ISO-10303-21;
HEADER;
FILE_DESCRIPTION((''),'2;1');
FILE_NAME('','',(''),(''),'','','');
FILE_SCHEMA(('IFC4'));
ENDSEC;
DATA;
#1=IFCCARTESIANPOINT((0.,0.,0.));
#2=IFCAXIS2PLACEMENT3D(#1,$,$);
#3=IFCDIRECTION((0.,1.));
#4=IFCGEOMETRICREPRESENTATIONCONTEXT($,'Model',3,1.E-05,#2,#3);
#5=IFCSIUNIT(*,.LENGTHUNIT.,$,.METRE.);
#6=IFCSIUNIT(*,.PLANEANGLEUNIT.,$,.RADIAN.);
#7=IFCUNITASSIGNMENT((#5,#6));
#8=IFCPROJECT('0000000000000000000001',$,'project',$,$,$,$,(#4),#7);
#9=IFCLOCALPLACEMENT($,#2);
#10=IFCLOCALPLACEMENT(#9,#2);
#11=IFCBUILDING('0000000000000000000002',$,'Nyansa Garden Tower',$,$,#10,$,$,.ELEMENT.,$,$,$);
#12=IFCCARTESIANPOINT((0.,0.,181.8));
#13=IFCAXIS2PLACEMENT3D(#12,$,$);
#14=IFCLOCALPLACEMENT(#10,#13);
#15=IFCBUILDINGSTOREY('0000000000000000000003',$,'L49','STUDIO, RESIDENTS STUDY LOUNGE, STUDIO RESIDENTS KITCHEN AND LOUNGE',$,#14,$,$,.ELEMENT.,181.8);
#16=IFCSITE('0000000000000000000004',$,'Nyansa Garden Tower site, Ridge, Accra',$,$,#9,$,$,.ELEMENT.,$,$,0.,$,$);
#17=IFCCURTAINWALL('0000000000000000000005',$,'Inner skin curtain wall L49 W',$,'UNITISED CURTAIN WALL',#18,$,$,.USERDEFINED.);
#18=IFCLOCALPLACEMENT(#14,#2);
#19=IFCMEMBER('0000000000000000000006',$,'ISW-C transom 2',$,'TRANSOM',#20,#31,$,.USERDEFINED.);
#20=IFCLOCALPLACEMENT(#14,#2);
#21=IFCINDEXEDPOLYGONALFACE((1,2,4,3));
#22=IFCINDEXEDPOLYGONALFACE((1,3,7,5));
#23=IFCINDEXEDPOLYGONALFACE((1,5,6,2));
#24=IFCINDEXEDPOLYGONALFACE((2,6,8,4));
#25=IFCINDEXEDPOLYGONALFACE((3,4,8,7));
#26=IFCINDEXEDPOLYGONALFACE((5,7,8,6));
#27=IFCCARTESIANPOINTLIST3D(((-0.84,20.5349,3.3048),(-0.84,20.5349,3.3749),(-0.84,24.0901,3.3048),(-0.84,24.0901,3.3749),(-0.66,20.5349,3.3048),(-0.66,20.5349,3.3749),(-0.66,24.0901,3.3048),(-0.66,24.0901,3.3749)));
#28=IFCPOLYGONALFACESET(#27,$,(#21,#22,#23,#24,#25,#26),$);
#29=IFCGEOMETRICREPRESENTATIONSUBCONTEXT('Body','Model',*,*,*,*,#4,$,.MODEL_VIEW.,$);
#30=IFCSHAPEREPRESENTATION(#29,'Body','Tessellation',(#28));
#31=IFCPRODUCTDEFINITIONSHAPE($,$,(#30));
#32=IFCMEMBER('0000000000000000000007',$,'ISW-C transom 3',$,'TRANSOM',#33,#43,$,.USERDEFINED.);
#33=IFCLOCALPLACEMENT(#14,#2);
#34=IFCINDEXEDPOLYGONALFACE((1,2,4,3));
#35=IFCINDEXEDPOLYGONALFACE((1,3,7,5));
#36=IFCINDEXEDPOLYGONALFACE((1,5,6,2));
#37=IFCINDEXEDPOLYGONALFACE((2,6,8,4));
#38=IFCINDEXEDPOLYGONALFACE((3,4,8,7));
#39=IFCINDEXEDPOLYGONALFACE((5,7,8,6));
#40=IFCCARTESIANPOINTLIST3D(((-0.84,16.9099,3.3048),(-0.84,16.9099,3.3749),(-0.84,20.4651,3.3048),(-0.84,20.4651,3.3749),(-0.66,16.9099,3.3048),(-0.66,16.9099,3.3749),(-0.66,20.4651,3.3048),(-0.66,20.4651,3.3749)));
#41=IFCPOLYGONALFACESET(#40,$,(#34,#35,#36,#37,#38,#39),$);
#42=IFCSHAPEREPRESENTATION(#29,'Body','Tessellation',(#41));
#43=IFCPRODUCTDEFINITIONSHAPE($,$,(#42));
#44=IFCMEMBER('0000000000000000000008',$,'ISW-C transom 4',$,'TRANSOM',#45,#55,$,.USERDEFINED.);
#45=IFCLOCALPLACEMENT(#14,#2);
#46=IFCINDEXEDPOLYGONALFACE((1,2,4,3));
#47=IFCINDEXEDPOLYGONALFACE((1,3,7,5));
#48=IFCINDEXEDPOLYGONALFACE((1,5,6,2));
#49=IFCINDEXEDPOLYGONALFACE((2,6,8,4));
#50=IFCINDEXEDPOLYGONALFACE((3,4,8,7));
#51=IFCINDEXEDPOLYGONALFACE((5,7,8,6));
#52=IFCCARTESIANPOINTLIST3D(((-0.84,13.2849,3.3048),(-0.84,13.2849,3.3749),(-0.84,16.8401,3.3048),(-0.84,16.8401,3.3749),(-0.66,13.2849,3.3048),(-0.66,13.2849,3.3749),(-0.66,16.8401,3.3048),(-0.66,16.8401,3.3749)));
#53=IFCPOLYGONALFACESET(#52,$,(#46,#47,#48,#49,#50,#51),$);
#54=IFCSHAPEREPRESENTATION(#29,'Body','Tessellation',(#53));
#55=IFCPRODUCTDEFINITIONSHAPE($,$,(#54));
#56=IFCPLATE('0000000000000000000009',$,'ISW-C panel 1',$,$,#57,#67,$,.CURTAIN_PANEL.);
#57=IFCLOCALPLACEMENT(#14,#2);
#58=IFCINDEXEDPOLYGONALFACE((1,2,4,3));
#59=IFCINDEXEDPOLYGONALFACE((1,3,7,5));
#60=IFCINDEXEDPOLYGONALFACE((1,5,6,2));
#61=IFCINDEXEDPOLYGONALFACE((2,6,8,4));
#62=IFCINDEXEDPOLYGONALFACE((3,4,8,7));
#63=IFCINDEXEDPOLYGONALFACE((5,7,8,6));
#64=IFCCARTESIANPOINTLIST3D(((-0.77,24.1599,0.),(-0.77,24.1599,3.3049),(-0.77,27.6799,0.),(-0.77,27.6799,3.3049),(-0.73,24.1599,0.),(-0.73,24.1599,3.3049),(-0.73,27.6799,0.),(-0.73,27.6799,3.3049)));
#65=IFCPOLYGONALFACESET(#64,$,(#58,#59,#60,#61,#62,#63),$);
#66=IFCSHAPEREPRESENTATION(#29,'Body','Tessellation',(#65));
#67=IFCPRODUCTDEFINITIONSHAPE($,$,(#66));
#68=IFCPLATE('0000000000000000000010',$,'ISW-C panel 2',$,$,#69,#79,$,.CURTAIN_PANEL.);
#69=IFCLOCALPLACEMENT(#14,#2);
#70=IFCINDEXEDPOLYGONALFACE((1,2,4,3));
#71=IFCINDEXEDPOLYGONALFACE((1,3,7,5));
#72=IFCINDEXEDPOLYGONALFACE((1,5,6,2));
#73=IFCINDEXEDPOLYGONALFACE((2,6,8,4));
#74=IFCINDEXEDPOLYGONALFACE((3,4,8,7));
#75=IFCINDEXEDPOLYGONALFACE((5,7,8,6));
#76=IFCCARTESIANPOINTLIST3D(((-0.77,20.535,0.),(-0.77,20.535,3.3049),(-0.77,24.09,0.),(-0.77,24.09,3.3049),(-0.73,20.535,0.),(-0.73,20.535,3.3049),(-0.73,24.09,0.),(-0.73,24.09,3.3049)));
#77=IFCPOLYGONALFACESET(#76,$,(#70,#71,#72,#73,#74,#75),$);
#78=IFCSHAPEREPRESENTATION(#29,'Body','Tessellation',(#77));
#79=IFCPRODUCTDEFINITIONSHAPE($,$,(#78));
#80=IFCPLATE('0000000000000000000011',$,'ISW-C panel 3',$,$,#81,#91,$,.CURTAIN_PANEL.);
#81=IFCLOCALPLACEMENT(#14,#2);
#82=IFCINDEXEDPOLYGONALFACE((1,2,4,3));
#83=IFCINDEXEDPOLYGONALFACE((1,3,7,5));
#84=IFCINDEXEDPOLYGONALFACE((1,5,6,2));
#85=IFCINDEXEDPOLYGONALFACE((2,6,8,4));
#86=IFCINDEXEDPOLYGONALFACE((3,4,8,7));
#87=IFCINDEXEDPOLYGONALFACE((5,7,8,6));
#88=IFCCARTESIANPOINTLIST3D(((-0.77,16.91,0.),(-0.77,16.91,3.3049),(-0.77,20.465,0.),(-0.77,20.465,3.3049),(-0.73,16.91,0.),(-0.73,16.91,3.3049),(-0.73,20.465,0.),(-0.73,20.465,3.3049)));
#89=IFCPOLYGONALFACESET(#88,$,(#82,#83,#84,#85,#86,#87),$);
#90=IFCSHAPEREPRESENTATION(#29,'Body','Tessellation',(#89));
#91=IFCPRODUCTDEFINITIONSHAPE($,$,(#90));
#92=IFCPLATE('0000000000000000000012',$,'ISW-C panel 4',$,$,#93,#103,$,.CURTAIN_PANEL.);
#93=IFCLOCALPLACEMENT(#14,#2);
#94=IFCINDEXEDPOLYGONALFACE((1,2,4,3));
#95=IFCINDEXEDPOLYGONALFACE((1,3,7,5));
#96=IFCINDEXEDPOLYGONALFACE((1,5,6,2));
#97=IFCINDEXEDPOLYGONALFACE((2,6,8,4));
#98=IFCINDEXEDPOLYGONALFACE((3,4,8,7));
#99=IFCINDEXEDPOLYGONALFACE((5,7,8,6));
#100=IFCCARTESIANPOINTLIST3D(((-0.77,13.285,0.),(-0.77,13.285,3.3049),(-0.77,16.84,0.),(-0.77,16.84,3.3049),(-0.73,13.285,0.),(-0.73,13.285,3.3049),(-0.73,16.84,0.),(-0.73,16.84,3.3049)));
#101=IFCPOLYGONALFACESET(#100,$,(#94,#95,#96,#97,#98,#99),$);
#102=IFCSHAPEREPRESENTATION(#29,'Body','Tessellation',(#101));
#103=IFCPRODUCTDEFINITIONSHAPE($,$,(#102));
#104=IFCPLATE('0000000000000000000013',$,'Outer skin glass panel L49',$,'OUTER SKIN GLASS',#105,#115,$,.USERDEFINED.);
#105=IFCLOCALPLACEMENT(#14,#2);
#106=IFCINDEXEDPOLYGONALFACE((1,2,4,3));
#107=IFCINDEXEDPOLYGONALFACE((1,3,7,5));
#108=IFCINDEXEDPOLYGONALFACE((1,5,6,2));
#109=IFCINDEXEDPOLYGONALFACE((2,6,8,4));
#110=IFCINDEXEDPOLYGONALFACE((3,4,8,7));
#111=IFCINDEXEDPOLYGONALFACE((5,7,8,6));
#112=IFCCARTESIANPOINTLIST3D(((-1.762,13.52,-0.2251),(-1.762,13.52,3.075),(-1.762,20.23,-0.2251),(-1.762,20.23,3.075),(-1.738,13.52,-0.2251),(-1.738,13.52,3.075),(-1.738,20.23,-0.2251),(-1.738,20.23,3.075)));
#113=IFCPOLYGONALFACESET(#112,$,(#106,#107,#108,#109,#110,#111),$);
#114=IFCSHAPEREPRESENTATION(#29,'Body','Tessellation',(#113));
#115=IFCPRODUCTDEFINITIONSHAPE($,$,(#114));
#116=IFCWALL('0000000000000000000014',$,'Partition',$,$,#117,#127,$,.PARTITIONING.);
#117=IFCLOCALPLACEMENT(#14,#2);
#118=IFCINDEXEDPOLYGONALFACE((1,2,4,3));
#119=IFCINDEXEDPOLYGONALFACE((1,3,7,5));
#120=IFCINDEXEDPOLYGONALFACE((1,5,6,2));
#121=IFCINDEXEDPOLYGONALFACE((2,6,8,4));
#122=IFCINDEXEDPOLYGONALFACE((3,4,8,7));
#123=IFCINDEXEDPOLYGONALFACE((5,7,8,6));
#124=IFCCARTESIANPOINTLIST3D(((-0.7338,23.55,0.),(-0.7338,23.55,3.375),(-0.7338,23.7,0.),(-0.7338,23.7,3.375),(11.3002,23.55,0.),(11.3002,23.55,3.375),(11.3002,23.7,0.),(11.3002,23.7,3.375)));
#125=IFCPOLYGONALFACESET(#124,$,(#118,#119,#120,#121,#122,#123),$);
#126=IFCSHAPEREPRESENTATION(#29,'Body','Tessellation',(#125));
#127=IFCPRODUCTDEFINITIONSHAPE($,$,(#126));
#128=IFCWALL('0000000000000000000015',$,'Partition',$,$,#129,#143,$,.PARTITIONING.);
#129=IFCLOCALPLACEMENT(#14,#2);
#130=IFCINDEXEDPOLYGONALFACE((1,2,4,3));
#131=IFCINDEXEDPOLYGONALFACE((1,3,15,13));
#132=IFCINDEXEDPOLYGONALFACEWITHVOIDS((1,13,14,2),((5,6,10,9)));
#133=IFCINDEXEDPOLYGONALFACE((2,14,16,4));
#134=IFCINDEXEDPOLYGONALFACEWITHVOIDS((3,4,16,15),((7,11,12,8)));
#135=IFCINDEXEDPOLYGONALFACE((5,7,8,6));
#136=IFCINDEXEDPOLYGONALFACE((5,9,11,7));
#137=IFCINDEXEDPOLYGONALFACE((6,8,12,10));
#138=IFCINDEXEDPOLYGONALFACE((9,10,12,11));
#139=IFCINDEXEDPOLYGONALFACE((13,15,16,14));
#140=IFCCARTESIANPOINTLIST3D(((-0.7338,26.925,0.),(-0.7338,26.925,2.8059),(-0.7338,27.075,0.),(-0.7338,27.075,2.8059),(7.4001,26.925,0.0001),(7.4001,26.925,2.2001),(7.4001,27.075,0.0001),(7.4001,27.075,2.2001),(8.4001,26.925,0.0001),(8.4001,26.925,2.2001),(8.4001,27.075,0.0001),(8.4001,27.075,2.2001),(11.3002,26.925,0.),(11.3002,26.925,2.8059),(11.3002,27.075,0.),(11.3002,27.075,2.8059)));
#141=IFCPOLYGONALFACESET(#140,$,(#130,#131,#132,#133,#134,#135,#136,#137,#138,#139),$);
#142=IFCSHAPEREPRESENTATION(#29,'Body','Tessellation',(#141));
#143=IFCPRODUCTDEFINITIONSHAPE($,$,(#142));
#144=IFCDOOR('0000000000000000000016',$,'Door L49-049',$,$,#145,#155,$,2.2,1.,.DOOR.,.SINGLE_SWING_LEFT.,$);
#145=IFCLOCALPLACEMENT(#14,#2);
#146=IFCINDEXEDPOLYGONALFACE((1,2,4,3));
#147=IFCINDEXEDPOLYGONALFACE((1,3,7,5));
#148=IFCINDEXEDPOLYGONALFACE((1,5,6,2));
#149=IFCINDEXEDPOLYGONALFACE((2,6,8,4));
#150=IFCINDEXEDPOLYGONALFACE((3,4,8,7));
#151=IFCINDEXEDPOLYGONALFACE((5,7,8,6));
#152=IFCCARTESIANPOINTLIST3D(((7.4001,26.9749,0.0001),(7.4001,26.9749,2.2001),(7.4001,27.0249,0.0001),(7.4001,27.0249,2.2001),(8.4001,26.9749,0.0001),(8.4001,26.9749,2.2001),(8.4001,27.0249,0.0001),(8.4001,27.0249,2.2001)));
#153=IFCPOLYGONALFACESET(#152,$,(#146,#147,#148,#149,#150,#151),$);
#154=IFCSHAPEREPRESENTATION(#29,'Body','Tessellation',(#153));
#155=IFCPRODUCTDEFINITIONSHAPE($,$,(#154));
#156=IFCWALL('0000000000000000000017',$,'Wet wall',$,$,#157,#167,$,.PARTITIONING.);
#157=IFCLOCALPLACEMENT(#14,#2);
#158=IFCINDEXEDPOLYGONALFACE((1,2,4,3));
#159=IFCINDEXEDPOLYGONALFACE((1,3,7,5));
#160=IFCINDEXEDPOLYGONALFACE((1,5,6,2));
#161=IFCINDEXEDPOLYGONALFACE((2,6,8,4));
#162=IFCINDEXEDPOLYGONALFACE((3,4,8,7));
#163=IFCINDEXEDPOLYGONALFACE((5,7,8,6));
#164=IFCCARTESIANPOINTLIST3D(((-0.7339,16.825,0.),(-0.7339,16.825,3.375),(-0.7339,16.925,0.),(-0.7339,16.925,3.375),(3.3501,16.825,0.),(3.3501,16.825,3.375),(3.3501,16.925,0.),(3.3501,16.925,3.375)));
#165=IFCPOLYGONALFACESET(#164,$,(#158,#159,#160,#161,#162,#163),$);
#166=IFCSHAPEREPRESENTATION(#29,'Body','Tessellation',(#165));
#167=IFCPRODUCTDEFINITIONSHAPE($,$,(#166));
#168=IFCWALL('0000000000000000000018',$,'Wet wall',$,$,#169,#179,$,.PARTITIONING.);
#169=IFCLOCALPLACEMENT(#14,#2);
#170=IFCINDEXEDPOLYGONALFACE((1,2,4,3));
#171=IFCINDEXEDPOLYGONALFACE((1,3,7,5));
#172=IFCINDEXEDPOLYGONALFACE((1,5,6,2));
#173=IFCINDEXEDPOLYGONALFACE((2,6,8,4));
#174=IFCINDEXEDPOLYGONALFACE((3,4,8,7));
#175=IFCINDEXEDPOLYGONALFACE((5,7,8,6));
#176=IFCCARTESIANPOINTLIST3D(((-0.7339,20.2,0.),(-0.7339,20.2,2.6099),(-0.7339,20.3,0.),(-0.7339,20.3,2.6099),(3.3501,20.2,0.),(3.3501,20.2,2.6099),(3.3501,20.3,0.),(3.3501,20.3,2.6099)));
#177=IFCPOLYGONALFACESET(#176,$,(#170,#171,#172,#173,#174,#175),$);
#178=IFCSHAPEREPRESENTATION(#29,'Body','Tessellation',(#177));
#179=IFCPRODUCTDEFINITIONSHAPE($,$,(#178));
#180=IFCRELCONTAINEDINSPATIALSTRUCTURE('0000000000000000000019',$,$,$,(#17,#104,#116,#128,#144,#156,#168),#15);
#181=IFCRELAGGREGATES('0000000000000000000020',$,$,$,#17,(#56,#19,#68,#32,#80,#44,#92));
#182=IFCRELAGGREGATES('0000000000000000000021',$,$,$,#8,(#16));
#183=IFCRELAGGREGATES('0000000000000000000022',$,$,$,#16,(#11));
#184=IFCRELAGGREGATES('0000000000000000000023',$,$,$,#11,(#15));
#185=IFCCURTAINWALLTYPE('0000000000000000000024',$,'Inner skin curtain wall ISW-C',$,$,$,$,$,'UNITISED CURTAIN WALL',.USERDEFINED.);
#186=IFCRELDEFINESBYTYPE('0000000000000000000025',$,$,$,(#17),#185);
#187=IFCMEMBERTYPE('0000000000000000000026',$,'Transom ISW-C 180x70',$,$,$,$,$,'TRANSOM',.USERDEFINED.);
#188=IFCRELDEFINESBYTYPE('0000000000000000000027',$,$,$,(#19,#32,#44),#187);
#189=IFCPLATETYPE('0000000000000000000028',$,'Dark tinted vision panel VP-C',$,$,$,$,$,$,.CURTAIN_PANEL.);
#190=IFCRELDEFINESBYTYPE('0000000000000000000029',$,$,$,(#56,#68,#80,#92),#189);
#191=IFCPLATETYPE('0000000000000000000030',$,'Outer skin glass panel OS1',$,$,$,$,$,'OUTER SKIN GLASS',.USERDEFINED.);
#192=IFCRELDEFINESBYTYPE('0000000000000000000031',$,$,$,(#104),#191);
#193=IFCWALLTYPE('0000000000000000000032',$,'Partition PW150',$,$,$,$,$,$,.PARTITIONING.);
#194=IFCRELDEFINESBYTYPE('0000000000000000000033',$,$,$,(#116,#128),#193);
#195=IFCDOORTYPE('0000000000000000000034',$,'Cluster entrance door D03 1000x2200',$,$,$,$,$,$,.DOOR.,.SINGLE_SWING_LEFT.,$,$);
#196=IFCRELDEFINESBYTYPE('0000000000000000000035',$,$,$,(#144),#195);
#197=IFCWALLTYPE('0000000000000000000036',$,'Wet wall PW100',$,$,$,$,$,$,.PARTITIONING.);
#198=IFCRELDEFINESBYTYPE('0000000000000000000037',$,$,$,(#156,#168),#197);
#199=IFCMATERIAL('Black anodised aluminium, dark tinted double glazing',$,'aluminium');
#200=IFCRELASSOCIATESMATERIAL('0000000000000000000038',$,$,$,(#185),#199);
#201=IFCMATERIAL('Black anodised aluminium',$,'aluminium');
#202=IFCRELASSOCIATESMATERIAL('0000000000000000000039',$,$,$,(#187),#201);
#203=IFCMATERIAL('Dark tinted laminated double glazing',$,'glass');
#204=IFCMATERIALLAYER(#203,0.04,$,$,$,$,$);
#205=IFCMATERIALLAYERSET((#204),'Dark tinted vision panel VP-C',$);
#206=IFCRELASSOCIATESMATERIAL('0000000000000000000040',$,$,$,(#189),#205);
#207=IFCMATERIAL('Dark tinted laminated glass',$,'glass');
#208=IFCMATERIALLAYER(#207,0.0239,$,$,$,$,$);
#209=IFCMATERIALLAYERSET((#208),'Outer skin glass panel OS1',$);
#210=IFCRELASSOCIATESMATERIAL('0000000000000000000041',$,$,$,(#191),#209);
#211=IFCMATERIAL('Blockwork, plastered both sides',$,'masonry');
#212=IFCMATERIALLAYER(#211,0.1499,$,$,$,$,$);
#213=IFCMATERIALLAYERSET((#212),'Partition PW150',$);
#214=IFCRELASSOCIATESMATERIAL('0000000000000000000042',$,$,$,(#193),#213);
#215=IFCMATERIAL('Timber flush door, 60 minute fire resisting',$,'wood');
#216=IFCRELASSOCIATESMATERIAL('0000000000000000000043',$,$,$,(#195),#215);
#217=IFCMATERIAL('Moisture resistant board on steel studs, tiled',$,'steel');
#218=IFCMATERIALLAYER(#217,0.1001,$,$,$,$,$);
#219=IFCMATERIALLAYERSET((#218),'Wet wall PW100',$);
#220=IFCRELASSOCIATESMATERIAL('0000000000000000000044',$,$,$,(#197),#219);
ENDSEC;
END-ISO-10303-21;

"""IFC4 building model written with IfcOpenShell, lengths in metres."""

from ifc_helpers import new_model, si_unit, direction, frame, frame_2d, origin, origin_2d, place, context, subcontext, project, spatial, rectangle, extrude, material, layer, layer_set, material_profile, profile_set, type_object, element, fill, aggregate, save


model = new_model("IFC4")

# Units and contexts
model_context = context("Model", 3, precision=1e-05, world=origin(), true_north=direction((0.0, 1.0)))
body_context = subcontext(model_context, "Body", "Model", "MODEL_VIEW")
ifc_project = project(units=[si_unit("LENGTHUNIT", "METRE"), si_unit("PLANEANGLEUNIT", "RADIAN")], contexts=[model_context])

# Site, building, storey
site_placement = place(None, origin())
site = spatial("IfcSite", under=ifc_project, at=site_placement, Name="Nyansa Garden Tower site, Ridge, Accra", CompositionType="ELEMENT", RefElevation=0.0)
building_placement = place(site_placement, origin())
building = spatial("IfcBuilding", under=site, at=building_placement, Name="Nyansa Garden Tower", CompositionType="ELEMENT")
storey_placement = place(building_placement, frame((0.0, 0.0, 181.8)))
storey = spatial("IfcBuildingStorey", under=building, at=storey_placement, Name="L49", Description="STUDIO, RESIDENTS STUDY LOUNGE, STUDIO RESIDENTS KITCHEN AND LOUNGE", CompositionType="ELEMENT", Elevation=181.8)

# Curtain wall
ifc_material_1 = material(Name="Black anodised aluminium, dark tinted double glazing", Category="aluminium")
curtain_wall_type = type_object("IfcCurtainWallType", Name="Inner skin curtain wall ISW-C", ElementType="UNITISED CURTAIN WALL", PredefinedType="USERDEFINED", material=ifc_material_1)
curtain_wall_placement = place(storey_placement, origin())
curtain_wall = element("IfcCurtainWall", 1, at=curtain_wall_placement, inside=storey, type_object=curtain_wall_type, Name="Inner skin curtain wall L49 W", ObjectType="UNITISED CURTAIN WALL", PredefinedType="USERDEFINED")

# Members
ifc_material_2 = material(Name="Black anodised aluminium", Category="aluminium")
ifc_material_profile_1 = material_profile(ifc_material_2, rectangle(XDim=0.1799, YDim=0.0701, at=origin_2d()), Name="Transom 180x70")
ifc_profile_set_1 = profile_set([ifc_material_profile_1], Name="Black anodised aluminium")
member_type_1 = type_object("IfcMemberType", Name="Transom ISW-C 180x70", ElementType="TRANSOM", PredefinedType="USERDEFINED", material=ifc_profile_set_1)
member_1_placement = place(storey_placement, frame((-0.75, 24.0901, 3.3398), z_axis=(0.0, -1.0, 0.0), x_axis=(1.0, 0.0, 0.0)))
member_1 = element("IfcMember", 2, at=member_1_placement, type_object=member_type_1, Name="ISW-C transom 2", ObjectType="TRANSOM", PredefinedType="USERDEFINED", context=body_context, shape_type="SweptSolid", body=[
    extrude(rectangle(XDim=0.1799, YDim=0.0701, at=origin_2d()), origin(), (0.0, 0.0, 1.0), 3.5552),
])
member_2_placement = place(storey_placement, frame((-0.75, 20.4651, 3.3398), z_axis=(0.0, -1.0, 0.0), x_axis=(1.0, 0.0, 0.0)))
member_2 = element("IfcMember", 3, at=member_2_placement, type_object=member_type_1, Name="ISW-C transom 3", ObjectType="TRANSOM", PredefinedType="USERDEFINED", context=body_context, shape_type="SweptSolid", body=[
    extrude(rectangle(XDim=0.1799, YDim=0.0701, at=origin_2d()), origin(), (0.0, 0.0, 1.0), 3.5552),
])
member_3_placement = place(storey_placement, frame((-0.75, 16.8401, 3.3398), z_axis=(0.0, -1.0, 0.0), x_axis=(1.0, 0.0, 0.0)))
member_3 = element("IfcMember", 4, at=member_3_placement, type_object=member_type_1, Name="ISW-C transom 4", ObjectType="TRANSOM", PredefinedType="USERDEFINED", context=body_context, shape_type="SweptSolid", body=[
    extrude(rectangle(XDim=0.1799, YDim=0.0701, at=origin_2d()), origin(), (0.0, 0.0, 1.0), 3.5552),
])

# Plates
ifc_material_3 = material(Name="Dark tinted laminated double glazing", Category="glass")
ifc_layer_1 = layer(ifc_material_3, 0.04)
ifc_layer_set_1 = layer_set([ifc_layer_1], Name="Dark tinted vision panel VP-C")
plate_type_1 = type_object("IfcPlateType", Name="Dark tinted vision panel VP-C", PredefinedType="CURTAIN_PANEL", material=ifc_layer_set_1)
plate_1_placement = place(storey_placement, frame((-0.75, 25.9199, 0.0), z_axis=(0.0, 0.0, 1.0), x_axis=(0.0, -1.0, 0.0)))
plate_1 = element("IfcPlate", 5, at=plate_1_placement, type_object=plate_type_1, Name="ISW-C panel 1", PredefinedType="CURTAIN_PANEL", context=body_context, shape_type="SweptSolid", body=[
    extrude(rectangle(XDim=3.52, YDim=0.04, at=origin_2d()), origin(), (0.0, 0.0, 1.0), 3.3049),
])
plate_2_placement = place(storey_placement, frame((-0.75, 22.3125, 0.0), z_axis=(0.0, 0.0, 1.0), x_axis=(0.0, -1.0, 0.0)))
plate_2 = element("IfcPlate", 6, at=plate_2_placement, type_object=plate_type_1, Name="ISW-C panel 2", PredefinedType="CURTAIN_PANEL", context=body_context, shape_type="SweptSolid", body=[
    extrude(rectangle(XDim=3.5549, YDim=0.04, at=origin_2d()), origin(), (0.0, 0.0, 1.0), 3.3049),
])
plate_3_placement = place(storey_placement, frame((-0.75, 18.6875, 0.0), z_axis=(0.0, 0.0, 1.0), x_axis=(0.0, -1.0, 0.0)))
plate_3 = element("IfcPlate", 7, at=plate_3_placement, type_object=plate_type_1, Name="ISW-C panel 3", PredefinedType="CURTAIN_PANEL", context=body_context, shape_type="SweptSolid", body=[
    extrude(rectangle(XDim=3.5549, YDim=0.04, at=origin_2d()), origin(), (0.0, 0.0, 1.0), 3.3049),
])
plate_4_placement = place(storey_placement, frame((-0.75, 15.0625, 0.0), z_axis=(0.0, 0.0, 1.0), x_axis=(0.0, -1.0, 0.0)))
plate_4 = element("IfcPlate", 8, at=plate_4_placement, type_object=plate_type_1, Name="ISW-C panel 4", PredefinedType="CURTAIN_PANEL", context=body_context, shape_type="SweptSolid", body=[
    extrude(rectangle(XDim=3.5549, YDim=0.04, at=origin_2d()), origin(), (0.0, 0.0, 1.0), 3.3049),
])
aggregate(curtain_wall, [plate_1, member_1, plate_2, member_2, plate_3, member_3, plate_4])
ifc_material_4 = material(Name="Dark tinted laminated glass", Category="glass")
ifc_layer_2 = layer(ifc_material_4, 0.0239)
ifc_layer_set_2 = layer_set([ifc_layer_2], Name="Outer skin glass panel OS1")
plate_type_2 = type_object("IfcPlateType", Name="Outer skin glass panel OS1", ElementType="OUTER SKIN GLASS", PredefinedType="USERDEFINED", material=ifc_layer_set_2)
plate_5_placement = place(storey_placement, frame((-1.75, 16.875, -0.2251), z_axis=(0.0, 0.0, 1.0), x_axis=(0.0, 1.0, 0.0)))
element("IfcPlate", 9, at=plate_5_placement, inside=storey, type_object=plate_type_2, Name="Outer skin glass panel L49", ObjectType="OUTER SKIN GLASS", PredefinedType="USERDEFINED", context=body_context, shape_type="SweptSolid", body=[
    extrude(rectangle(XDim=6.71, YDim=0.0239, at=origin_2d()), origin(), (0.0, 0.0, 1.0), 3.3),
])

# Wall
ifc_material_5 = material(Name="Blockwork, plastered both sides", Category="masonry")
ifc_layer_3 = layer(ifc_material_5, 0.1499)
ifc_layer_set_3 = layer_set([ifc_layer_3], Name="Partition PW150")
wall_type_1 = type_object("IfcWallType", Name="Partition PW150", PredefinedType="PARTITIONING", material=ifc_layer_set_3)
wall_1_placement = place(storey_placement, frame((-0.7339, 23.625, 0.0), z_axis=(0.0, 0.0, 1.0), x_axis=(1.0, 0.0, 0.0)))
element("IfcWall", 10, at=wall_1_placement, inside=storey, type_object=wall_type_1, Name="Partition", PredefinedType="PARTITIONING", context=body_context, shape_type="SweptSolid", body=[
    extrude(rectangle(XDim=12.0339, YDim=0.1499, at=frame_2d((6.0171, 0.0))), origin(), (0.0, 0.0, 1.0), 3.375),
])

# Wall, opening, door
wall_2_placement = place(storey_placement, frame((-0.7339, 27.0, 0.0), z_axis=(0.0, 0.0, 1.0), x_axis=(1.0, 0.0, 0.0)))
wall_2 = element("IfcWall", 11, at=wall_2_placement, inside=storey, type_object=wall_type_1, Name="Partition", PredefinedType="PARTITIONING", context=body_context, shape_type="SweptSolid", body=[
    extrude(rectangle(XDim=12.0339, YDim=0.1499, at=frame_2d((6.0171, 0.0))), origin(), (0.0, 0.0, 1.0), 2.8059),
])
opening_placement = place(wall_2_placement, frame((8.134, 0.0, 0.0)))
opening = element("IfcOpeningElement", 12, at=opening_placement, cuts=wall_2, PredefinedType="OPENING", context=body_context, shape_type="SweptSolid", body=[
    extrude(rectangle(XDim=1.0, YDim=2.2, at=frame_2d((0.5, 1.1001))), frame((0.0, 0.085, 0.0), z_axis=(0.0, -1.0, 0.0), x_axis=(1.0, 0.0, 0.0)), (0.0, 0.0, 1.0), 0.1699),
])
ifc_material_6 = material(Name="Timber flush door, 60 minute fire resisting", Category="wood")
door_type = type_object("IfcDoorType", Name="Cluster entrance door D03 1000x2200", OperationType="SINGLE_SWING_LEFT", PredefinedType="DOOR", material=ifc_material_6)
door_placement = place(opening_placement, origin())
door = element("IfcDoor", 13, at=door_placement, inside=storey, type_object=door_type, Name="Door L49-049", OperationType="SINGLE_SWING_LEFT", OverallHeight=2.2, OverallWidth=1.0, PredefinedType="DOOR", context=body_context, shape_type="SweptSolid", body=[
    extrude(rectangle(XDim=1.0, YDim=2.2, at=frame_2d((0.5, 1.1001))), frame((0.0, 0.0249, 0.0), z_axis=(0.0, -1.0, 0.0), x_axis=(1.0, 0.0, 0.0)), (0.0, 0.0, 1.0), 0.05),
])
fill(opening, door)

# Walls
ifc_material_7 = material(Name="Moisture resistant board on steel studs, tiled", Category="steel")
ifc_layer_4 = layer(ifc_material_7, 0.1001)
ifc_layer_set_4 = layer_set([ifc_layer_4], Name="Wet wall PW100")
wall_type_2 = type_object("IfcWallType", Name="Wet wall PW100", PredefinedType="PARTITIONING", material=ifc_layer_set_4)
wall_3_placement = place(storey_placement, frame((-0.7339, 16.875, 0.0), z_axis=(0.0, 0.0, 1.0), x_axis=(1.0, 0.0, 0.0)))
element("IfcWall", 14, at=wall_3_placement, inside=storey, type_object=wall_type_2, Name="Wet wall", PredefinedType="PARTITIONING", context=body_context, shape_type="SweptSolid", body=[
    extrude(rectangle(XDim=4.084, YDim=0.1001, at=frame_2d((2.042, 0.0))), origin(), (0.0, 0.0, 1.0), 3.375),
])
wall_4_placement = place(storey_placement, frame((-0.7339, 20.25, 0.0), z_axis=(0.0, 0.0, 1.0), x_axis=(1.0, 0.0, 0.0)))
element("IfcWall", 15, at=wall_4_placement, inside=storey, type_object=wall_type_2, Name="Wet wall", PredefinedType="PARTITIONING", context=body_context, shape_type="SweptSolid", body=[
    extrude(rectangle(XDim=4.084, YDim=0.1001, at=frame_2d((2.042, 0.0))), origin(), (0.0, 0.0, 1.0), 2.6099),
])

save(model, "model.ifc")
